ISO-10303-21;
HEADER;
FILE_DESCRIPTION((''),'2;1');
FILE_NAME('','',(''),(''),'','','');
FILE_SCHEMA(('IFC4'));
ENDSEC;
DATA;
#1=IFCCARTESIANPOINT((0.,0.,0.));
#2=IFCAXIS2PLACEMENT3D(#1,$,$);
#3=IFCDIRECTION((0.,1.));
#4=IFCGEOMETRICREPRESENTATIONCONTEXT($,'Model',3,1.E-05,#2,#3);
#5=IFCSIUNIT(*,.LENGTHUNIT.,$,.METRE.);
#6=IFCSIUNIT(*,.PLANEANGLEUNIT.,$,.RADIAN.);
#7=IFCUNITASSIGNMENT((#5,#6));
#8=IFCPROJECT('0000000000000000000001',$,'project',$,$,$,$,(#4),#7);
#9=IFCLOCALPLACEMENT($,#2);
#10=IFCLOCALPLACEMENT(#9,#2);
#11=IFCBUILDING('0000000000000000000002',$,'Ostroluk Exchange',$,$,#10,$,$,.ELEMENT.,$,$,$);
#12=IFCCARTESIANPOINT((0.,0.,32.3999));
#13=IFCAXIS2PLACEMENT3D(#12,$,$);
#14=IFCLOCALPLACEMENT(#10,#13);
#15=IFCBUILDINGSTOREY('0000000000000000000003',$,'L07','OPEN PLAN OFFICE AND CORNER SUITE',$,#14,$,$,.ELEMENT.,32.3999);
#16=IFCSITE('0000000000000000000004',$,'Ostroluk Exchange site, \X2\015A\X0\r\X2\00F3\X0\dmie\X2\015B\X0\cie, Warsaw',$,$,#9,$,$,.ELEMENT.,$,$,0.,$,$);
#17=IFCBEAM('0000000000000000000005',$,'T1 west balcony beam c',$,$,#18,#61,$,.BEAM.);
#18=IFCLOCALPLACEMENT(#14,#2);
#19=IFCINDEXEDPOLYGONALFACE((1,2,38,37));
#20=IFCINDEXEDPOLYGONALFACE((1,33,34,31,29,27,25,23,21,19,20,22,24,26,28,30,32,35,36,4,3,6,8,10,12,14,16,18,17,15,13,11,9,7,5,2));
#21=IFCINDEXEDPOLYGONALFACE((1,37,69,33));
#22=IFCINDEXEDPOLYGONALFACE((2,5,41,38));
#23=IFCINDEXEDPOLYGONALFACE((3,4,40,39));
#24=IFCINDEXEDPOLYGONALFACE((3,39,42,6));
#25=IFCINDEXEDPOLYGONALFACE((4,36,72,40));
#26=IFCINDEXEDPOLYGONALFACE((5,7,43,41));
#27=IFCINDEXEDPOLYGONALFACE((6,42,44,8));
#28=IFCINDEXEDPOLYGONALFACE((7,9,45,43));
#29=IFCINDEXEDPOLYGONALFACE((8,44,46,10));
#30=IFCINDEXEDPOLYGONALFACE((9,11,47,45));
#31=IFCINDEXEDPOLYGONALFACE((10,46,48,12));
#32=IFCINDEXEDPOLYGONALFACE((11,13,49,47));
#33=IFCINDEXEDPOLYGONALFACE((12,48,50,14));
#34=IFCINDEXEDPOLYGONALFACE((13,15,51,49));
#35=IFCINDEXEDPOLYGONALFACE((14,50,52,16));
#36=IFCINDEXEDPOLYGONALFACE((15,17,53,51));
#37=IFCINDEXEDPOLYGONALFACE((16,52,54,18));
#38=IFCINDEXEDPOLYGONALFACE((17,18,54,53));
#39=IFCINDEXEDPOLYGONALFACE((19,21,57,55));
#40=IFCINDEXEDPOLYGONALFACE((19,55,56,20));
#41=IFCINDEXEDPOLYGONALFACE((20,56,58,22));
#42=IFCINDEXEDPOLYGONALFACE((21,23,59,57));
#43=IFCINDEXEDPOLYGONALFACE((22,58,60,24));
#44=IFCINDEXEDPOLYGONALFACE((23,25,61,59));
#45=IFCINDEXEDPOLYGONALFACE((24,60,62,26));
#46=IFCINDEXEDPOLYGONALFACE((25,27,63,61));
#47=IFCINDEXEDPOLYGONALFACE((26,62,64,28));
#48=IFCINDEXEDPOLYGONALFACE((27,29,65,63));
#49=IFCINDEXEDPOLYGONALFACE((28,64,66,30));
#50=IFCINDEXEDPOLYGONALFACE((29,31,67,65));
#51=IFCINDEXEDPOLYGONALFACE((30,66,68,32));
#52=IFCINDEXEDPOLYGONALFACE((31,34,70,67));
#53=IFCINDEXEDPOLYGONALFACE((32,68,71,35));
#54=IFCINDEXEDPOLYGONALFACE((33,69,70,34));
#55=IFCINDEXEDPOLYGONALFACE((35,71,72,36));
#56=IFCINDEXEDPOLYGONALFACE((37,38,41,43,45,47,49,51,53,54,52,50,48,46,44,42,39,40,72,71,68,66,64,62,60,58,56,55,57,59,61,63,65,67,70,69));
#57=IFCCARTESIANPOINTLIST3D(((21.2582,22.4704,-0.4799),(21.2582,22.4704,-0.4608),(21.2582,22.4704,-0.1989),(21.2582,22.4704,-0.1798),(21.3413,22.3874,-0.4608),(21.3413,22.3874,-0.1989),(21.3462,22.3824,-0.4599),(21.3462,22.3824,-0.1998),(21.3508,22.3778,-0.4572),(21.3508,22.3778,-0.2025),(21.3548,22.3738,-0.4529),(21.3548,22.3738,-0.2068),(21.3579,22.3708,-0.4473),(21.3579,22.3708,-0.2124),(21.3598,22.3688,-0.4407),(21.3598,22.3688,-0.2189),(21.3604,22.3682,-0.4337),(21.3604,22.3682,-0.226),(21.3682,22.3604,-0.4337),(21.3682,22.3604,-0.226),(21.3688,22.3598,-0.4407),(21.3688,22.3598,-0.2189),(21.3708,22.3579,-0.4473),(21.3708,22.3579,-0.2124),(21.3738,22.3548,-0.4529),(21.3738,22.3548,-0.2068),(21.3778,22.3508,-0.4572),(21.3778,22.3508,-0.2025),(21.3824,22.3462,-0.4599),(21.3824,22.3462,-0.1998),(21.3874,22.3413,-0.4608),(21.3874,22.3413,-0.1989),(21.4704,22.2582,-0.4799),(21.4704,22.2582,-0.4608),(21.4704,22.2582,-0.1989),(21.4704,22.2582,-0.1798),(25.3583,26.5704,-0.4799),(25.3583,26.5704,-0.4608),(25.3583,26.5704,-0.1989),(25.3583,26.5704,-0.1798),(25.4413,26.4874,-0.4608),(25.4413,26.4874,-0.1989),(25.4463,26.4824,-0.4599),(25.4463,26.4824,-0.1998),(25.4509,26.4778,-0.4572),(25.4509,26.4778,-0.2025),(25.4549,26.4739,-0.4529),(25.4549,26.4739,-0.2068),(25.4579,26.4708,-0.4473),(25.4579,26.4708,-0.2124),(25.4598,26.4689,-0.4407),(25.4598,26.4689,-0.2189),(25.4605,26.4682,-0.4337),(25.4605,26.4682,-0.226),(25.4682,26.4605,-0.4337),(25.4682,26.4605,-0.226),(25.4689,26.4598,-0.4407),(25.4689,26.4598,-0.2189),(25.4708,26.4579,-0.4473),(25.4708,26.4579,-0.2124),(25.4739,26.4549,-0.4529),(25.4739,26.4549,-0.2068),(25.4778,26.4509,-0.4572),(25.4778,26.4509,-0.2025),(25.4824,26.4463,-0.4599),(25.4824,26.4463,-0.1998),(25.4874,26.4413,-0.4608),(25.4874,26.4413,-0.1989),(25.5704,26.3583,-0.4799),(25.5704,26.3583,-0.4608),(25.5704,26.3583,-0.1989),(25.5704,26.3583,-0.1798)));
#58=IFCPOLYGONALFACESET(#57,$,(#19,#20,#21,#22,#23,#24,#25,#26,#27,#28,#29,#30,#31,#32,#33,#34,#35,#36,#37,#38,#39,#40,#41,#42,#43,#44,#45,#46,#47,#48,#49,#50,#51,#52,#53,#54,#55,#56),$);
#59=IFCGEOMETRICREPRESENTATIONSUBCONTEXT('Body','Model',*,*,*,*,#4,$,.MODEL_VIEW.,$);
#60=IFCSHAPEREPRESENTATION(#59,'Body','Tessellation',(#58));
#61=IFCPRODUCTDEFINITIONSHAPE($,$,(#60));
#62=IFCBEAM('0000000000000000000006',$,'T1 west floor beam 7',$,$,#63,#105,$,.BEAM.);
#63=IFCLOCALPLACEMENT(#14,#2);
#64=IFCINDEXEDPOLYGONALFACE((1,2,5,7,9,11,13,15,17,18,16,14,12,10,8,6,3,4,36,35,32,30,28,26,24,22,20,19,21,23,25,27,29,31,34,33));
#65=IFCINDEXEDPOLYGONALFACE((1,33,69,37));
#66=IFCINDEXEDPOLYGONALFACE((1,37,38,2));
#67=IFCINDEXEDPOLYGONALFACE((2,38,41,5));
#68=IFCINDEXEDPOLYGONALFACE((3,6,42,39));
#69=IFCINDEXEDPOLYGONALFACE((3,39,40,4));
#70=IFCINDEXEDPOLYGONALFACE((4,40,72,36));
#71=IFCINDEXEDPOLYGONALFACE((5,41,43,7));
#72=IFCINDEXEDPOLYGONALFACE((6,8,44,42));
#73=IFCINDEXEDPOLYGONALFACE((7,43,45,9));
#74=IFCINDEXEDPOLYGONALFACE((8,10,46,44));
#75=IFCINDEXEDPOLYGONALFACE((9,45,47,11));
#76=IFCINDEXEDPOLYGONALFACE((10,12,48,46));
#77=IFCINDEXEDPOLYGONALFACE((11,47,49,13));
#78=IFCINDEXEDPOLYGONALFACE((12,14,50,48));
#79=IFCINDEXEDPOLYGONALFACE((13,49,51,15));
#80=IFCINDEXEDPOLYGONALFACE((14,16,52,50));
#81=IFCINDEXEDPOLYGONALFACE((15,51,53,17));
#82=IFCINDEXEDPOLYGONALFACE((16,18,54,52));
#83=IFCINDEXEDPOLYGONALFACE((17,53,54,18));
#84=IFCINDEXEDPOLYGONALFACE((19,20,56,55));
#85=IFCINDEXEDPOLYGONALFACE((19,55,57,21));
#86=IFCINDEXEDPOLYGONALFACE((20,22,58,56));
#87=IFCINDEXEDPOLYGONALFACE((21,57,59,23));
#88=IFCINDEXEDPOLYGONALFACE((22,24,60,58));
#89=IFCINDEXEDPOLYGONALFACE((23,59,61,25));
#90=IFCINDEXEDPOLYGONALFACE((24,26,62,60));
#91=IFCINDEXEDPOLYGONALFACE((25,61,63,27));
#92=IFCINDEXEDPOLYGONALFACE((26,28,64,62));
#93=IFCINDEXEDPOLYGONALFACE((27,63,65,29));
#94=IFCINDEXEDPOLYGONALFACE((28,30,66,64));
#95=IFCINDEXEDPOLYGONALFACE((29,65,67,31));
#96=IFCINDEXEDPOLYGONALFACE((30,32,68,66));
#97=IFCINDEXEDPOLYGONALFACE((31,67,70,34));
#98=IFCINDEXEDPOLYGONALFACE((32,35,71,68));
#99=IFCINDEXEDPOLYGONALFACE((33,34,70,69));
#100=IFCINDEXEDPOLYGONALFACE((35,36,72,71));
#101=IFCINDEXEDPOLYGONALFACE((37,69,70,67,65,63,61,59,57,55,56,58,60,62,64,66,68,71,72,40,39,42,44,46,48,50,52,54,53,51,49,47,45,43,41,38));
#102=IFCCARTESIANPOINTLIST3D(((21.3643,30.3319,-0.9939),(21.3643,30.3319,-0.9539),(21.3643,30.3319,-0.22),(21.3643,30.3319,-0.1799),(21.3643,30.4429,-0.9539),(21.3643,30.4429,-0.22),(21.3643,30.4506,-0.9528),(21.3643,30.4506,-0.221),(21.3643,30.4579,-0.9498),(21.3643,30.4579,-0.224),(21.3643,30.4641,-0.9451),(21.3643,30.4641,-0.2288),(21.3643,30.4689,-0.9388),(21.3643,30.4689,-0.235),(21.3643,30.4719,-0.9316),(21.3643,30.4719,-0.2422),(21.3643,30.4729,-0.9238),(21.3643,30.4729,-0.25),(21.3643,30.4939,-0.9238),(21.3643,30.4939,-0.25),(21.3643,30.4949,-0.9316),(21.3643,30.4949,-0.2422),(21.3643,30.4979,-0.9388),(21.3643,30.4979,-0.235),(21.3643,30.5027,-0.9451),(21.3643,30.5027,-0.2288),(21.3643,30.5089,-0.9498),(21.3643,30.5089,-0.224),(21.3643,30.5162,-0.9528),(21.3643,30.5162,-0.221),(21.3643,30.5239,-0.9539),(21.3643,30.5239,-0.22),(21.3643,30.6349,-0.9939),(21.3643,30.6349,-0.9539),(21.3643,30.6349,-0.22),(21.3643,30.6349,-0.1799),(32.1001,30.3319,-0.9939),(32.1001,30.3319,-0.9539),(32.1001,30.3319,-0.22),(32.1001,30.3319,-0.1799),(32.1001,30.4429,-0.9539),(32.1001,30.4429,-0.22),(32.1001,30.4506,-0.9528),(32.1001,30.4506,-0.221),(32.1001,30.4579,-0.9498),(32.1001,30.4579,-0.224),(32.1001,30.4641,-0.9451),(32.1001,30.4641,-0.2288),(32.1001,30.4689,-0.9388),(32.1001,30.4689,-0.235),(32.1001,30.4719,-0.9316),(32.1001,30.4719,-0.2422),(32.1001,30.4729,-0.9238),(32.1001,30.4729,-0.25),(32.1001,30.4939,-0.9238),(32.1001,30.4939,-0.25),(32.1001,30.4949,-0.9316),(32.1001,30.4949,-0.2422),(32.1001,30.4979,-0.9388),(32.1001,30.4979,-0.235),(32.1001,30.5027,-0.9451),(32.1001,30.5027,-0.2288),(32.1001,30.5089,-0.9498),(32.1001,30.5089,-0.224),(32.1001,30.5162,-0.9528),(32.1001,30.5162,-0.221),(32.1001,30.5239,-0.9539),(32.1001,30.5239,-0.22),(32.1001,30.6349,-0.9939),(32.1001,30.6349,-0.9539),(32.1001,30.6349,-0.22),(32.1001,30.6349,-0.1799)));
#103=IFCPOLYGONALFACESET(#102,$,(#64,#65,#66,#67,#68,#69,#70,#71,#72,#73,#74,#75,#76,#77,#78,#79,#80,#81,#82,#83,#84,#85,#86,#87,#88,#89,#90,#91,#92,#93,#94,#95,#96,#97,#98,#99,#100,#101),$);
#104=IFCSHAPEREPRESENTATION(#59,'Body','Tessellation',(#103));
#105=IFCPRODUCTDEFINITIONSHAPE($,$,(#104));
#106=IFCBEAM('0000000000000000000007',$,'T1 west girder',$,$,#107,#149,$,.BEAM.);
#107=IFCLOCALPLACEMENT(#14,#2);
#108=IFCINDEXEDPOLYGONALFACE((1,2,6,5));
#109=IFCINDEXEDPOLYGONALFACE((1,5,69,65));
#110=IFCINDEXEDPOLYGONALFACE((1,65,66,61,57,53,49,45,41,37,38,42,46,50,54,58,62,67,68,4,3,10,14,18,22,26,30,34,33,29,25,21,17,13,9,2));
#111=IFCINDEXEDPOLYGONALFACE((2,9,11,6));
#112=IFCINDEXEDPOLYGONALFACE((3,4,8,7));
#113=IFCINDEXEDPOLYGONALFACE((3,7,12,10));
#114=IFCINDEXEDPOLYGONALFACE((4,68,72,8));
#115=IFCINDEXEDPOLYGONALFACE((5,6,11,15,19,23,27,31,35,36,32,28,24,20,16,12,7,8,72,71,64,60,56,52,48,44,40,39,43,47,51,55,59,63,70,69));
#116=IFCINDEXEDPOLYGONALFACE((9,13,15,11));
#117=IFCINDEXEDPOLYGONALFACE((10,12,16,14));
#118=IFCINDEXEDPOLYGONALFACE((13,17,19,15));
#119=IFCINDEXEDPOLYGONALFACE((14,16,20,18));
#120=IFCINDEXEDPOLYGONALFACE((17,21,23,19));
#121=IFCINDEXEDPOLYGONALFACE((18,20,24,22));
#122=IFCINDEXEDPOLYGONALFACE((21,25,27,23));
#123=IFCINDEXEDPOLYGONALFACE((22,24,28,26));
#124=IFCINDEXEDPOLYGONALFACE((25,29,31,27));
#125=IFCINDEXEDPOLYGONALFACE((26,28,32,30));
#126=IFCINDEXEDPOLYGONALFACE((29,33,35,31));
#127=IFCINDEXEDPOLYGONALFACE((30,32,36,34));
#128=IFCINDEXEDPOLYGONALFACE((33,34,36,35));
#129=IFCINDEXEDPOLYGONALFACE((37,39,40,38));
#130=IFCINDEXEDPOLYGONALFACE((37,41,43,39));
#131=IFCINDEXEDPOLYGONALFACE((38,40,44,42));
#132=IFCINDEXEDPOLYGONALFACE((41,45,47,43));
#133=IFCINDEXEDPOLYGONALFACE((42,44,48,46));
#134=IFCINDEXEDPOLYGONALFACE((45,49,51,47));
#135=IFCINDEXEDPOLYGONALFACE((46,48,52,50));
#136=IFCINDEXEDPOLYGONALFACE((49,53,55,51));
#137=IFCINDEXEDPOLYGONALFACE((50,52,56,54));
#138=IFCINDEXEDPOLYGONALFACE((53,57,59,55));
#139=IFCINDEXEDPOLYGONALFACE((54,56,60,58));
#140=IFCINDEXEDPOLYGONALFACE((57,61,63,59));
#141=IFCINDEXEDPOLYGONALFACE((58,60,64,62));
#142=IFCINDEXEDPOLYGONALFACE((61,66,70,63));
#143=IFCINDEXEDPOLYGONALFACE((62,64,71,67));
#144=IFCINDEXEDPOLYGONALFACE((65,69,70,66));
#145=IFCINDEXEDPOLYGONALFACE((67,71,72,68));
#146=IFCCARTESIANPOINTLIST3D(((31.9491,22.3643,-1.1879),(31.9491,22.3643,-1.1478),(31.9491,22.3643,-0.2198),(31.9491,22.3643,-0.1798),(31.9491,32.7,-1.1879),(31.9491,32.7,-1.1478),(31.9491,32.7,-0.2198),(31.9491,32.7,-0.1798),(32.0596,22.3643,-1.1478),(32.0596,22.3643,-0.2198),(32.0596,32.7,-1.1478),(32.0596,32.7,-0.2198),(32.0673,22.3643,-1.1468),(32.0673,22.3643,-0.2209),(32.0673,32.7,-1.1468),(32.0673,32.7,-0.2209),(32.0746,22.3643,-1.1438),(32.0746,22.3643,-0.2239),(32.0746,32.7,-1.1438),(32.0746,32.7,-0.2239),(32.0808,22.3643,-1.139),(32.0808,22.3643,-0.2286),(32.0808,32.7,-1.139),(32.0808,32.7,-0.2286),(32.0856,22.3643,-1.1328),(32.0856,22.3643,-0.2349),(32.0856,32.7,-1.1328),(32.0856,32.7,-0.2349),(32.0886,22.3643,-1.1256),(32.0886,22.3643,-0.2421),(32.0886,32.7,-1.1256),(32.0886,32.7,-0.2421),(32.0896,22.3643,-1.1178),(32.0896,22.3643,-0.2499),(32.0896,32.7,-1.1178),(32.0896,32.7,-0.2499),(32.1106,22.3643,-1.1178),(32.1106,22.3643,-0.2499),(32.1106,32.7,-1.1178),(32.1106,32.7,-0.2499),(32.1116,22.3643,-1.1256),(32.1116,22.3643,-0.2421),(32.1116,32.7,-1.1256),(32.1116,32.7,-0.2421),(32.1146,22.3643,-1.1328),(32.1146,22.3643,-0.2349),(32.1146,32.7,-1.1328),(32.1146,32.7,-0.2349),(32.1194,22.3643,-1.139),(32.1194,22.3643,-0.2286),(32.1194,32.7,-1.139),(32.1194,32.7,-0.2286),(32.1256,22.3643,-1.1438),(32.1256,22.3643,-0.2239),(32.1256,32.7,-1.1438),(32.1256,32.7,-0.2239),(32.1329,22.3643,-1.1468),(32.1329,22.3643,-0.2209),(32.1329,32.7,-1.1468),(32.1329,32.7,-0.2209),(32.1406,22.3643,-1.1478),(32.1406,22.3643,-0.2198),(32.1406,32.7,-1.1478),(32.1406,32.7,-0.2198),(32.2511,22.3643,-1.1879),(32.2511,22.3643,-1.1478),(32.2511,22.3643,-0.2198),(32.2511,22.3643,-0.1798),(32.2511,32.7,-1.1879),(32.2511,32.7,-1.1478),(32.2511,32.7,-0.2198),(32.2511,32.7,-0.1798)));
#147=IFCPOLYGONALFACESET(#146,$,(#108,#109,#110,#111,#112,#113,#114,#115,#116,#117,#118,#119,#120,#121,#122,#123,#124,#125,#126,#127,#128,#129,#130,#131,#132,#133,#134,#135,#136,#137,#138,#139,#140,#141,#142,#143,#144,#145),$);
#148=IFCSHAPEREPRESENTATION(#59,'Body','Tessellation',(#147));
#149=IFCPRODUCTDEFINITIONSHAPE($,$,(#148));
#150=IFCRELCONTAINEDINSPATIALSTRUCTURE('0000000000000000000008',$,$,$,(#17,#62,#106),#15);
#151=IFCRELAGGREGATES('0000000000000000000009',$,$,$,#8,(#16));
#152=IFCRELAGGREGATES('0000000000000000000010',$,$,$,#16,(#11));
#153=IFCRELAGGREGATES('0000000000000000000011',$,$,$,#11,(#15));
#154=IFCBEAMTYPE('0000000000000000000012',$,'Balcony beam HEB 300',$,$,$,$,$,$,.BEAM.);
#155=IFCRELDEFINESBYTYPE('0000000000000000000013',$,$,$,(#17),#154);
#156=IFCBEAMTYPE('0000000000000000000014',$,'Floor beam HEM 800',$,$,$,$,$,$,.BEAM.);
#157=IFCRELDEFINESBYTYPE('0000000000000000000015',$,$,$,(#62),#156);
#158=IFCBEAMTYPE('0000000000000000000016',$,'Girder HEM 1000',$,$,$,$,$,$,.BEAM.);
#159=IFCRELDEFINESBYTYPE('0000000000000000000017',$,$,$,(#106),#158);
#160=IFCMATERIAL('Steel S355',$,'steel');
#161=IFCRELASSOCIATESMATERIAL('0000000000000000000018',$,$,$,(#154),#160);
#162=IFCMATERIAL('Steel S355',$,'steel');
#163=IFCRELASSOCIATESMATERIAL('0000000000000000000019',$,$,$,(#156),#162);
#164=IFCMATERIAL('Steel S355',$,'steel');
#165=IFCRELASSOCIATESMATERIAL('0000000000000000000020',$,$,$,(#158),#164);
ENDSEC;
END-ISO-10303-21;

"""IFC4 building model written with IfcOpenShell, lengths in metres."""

from ifc_helpers import new_model, si_unit, direction, frame, origin, origin_2d, place, context, subcontext, project, spatial, i_section, extrude, material, material_profile, profile_set, type_object, element, save


model = new_model("IFC4")

# Units and contexts
model_context = context("Model", 3, precision=1e-05, world=origin(), true_north=direction((0.0, 1.0)))
body_context = subcontext(model_context, "Body", "Model", "MODEL_VIEW")
ifc_project = project(units=[si_unit("LENGTHUNIT", "METRE"), si_unit("PLANEANGLEUNIT", "RADIAN")], contexts=[model_context])

# Site, building, storey
site_placement = place(None, origin())
site = spatial("IfcSite", under=ifc_project, at=site_placement, Name="Ostroluk Exchange site, Śródmieście, Warsaw", CompositionType="ELEMENT", RefElevation=0.0)
building_placement = place(site_placement, origin())
building = spatial("IfcBuilding", under=site, at=building_placement, Name="Ostroluk Exchange", CompositionType="ELEMENT")
storey_placement = place(building_placement, frame((0.0, 0.0, 32.3999)))
storey = spatial("IfcBuildingStorey", under=building, at=storey_placement, Name="L07", Description="OPEN PLAN OFFICE AND CORNER SUITE", CompositionType="ELEMENT", Elevation=32.3999)

# Beams
ifc_material_1 = material(Name="Steel S355", Category="steel")
ifc_material_profile_1 = material_profile(ifc_material_1, i_section(OverallWidth=0.3, OverallDepth=0.3, WebThickness=0.011, FlangeThickness=0.019, FilletRadius=0.0271, at=origin_2d()), Name="HEB 300")
ifc_profile_set_1 = profile_set([ifc_material_profile_1], Name="Steel S355")
beam_type_1 = type_object("IfcBeamType", Name="Balcony beam HEB 300", PredefinedType="BEAM", material=ifc_profile_set_1)
beam_1_placement = place(storey_placement, frame((25.4644, 26.4644, -0.3298), z_axis=(-0.707107, -0.707107, 0.0), x_axis=(0.707107, -0.707107, 0.0)))
element("IfcBeam", 1, at=beam_1_placement, inside=storey, type_object=beam_type_1, Name="T1 west balcony beam c", PredefinedType="BEAM", context=body_context, shape_type="SweptSolid", body=[
    extrude(i_section(OverallWidth=0.3, OverallDepth=0.3, WebThickness=0.011, FlangeThickness=0.019, FilletRadius=0.0271, at=origin_2d()), origin(), (0.0, 0.0, 1.0), 5.7983),
])
ifc_material_2 = material(Name="Steel S355", Category="steel")
ifc_material_profile_2 = material_profile(ifc_material_2, i_section(OverallWidth=0.303, OverallDepth=0.814, WebThickness=0.021, FlangeThickness=0.04, FilletRadius=0.03, at=origin_2d()), Name="HEM 800")
ifc_profile_set_2 = profile_set([ifc_material_profile_2], Name="Steel S355")
beam_type_2 = type_object("IfcBeamType", Name="Floor beam HEM 800", PredefinedType="BEAM", material=ifc_profile_set_2)
beam_2_placement = place(storey_placement, frame((32.1001, 30.4834, -0.5869), z_axis=(-1.0, 0.0, 0.0), x_axis=(0.0, -1.0, 0.0)))
element("IfcBeam", 2, at=beam_2_placement, inside=storey, type_object=beam_type_2, Name="T1 west floor beam 7", PredefinedType="BEAM", context=body_context, shape_type="SweptSolid", body=[
    extrude(i_section(OverallWidth=0.303, OverallDepth=0.814, WebThickness=0.021, FlangeThickness=0.04, FilletRadius=0.03, at=origin_2d()), origin(), (0.0, 0.0, 1.0), 10.7358),
])
ifc_material_3 = material(Name="Steel S355", Category="steel")
ifc_material_profile_3 = material_profile(ifc_material_3, i_section(OverallWidth=0.302, OverallDepth=1.0081, WebThickness=0.021, FlangeThickness=0.04, FilletRadius=0.03, at=origin_2d()), Name="HEM 1000")
ifc_profile_set_3 = profile_set([ifc_material_profile_3], Name="Steel S355")
beam_type_3 = type_object("IfcBeamType", Name="Girder HEM 1000", PredefinedType="BEAM", material=ifc_profile_set_3)
beam_3_placement = place(storey_placement, frame((32.1001, 32.7, -0.6838), z_axis=(0.0, -1.0, 0.0), x_axis=(1.0, 0.0, 0.0)))
element("IfcBeam", 3, at=beam_3_placement, inside=storey, type_object=beam_type_3, Name="T1 west girder", PredefinedType="BEAM", context=body_context, shape_type="SweptSolid", body=[
    extrude(i_section(OverallWidth=0.302, OverallDepth=1.0081, WebThickness=0.021, FlangeThickness=0.04, FilletRadius=0.03, at=origin_2d()), origin(), (0.0, 0.0, 1.0), 10.3357),
])

save(model, "model.ifc")
